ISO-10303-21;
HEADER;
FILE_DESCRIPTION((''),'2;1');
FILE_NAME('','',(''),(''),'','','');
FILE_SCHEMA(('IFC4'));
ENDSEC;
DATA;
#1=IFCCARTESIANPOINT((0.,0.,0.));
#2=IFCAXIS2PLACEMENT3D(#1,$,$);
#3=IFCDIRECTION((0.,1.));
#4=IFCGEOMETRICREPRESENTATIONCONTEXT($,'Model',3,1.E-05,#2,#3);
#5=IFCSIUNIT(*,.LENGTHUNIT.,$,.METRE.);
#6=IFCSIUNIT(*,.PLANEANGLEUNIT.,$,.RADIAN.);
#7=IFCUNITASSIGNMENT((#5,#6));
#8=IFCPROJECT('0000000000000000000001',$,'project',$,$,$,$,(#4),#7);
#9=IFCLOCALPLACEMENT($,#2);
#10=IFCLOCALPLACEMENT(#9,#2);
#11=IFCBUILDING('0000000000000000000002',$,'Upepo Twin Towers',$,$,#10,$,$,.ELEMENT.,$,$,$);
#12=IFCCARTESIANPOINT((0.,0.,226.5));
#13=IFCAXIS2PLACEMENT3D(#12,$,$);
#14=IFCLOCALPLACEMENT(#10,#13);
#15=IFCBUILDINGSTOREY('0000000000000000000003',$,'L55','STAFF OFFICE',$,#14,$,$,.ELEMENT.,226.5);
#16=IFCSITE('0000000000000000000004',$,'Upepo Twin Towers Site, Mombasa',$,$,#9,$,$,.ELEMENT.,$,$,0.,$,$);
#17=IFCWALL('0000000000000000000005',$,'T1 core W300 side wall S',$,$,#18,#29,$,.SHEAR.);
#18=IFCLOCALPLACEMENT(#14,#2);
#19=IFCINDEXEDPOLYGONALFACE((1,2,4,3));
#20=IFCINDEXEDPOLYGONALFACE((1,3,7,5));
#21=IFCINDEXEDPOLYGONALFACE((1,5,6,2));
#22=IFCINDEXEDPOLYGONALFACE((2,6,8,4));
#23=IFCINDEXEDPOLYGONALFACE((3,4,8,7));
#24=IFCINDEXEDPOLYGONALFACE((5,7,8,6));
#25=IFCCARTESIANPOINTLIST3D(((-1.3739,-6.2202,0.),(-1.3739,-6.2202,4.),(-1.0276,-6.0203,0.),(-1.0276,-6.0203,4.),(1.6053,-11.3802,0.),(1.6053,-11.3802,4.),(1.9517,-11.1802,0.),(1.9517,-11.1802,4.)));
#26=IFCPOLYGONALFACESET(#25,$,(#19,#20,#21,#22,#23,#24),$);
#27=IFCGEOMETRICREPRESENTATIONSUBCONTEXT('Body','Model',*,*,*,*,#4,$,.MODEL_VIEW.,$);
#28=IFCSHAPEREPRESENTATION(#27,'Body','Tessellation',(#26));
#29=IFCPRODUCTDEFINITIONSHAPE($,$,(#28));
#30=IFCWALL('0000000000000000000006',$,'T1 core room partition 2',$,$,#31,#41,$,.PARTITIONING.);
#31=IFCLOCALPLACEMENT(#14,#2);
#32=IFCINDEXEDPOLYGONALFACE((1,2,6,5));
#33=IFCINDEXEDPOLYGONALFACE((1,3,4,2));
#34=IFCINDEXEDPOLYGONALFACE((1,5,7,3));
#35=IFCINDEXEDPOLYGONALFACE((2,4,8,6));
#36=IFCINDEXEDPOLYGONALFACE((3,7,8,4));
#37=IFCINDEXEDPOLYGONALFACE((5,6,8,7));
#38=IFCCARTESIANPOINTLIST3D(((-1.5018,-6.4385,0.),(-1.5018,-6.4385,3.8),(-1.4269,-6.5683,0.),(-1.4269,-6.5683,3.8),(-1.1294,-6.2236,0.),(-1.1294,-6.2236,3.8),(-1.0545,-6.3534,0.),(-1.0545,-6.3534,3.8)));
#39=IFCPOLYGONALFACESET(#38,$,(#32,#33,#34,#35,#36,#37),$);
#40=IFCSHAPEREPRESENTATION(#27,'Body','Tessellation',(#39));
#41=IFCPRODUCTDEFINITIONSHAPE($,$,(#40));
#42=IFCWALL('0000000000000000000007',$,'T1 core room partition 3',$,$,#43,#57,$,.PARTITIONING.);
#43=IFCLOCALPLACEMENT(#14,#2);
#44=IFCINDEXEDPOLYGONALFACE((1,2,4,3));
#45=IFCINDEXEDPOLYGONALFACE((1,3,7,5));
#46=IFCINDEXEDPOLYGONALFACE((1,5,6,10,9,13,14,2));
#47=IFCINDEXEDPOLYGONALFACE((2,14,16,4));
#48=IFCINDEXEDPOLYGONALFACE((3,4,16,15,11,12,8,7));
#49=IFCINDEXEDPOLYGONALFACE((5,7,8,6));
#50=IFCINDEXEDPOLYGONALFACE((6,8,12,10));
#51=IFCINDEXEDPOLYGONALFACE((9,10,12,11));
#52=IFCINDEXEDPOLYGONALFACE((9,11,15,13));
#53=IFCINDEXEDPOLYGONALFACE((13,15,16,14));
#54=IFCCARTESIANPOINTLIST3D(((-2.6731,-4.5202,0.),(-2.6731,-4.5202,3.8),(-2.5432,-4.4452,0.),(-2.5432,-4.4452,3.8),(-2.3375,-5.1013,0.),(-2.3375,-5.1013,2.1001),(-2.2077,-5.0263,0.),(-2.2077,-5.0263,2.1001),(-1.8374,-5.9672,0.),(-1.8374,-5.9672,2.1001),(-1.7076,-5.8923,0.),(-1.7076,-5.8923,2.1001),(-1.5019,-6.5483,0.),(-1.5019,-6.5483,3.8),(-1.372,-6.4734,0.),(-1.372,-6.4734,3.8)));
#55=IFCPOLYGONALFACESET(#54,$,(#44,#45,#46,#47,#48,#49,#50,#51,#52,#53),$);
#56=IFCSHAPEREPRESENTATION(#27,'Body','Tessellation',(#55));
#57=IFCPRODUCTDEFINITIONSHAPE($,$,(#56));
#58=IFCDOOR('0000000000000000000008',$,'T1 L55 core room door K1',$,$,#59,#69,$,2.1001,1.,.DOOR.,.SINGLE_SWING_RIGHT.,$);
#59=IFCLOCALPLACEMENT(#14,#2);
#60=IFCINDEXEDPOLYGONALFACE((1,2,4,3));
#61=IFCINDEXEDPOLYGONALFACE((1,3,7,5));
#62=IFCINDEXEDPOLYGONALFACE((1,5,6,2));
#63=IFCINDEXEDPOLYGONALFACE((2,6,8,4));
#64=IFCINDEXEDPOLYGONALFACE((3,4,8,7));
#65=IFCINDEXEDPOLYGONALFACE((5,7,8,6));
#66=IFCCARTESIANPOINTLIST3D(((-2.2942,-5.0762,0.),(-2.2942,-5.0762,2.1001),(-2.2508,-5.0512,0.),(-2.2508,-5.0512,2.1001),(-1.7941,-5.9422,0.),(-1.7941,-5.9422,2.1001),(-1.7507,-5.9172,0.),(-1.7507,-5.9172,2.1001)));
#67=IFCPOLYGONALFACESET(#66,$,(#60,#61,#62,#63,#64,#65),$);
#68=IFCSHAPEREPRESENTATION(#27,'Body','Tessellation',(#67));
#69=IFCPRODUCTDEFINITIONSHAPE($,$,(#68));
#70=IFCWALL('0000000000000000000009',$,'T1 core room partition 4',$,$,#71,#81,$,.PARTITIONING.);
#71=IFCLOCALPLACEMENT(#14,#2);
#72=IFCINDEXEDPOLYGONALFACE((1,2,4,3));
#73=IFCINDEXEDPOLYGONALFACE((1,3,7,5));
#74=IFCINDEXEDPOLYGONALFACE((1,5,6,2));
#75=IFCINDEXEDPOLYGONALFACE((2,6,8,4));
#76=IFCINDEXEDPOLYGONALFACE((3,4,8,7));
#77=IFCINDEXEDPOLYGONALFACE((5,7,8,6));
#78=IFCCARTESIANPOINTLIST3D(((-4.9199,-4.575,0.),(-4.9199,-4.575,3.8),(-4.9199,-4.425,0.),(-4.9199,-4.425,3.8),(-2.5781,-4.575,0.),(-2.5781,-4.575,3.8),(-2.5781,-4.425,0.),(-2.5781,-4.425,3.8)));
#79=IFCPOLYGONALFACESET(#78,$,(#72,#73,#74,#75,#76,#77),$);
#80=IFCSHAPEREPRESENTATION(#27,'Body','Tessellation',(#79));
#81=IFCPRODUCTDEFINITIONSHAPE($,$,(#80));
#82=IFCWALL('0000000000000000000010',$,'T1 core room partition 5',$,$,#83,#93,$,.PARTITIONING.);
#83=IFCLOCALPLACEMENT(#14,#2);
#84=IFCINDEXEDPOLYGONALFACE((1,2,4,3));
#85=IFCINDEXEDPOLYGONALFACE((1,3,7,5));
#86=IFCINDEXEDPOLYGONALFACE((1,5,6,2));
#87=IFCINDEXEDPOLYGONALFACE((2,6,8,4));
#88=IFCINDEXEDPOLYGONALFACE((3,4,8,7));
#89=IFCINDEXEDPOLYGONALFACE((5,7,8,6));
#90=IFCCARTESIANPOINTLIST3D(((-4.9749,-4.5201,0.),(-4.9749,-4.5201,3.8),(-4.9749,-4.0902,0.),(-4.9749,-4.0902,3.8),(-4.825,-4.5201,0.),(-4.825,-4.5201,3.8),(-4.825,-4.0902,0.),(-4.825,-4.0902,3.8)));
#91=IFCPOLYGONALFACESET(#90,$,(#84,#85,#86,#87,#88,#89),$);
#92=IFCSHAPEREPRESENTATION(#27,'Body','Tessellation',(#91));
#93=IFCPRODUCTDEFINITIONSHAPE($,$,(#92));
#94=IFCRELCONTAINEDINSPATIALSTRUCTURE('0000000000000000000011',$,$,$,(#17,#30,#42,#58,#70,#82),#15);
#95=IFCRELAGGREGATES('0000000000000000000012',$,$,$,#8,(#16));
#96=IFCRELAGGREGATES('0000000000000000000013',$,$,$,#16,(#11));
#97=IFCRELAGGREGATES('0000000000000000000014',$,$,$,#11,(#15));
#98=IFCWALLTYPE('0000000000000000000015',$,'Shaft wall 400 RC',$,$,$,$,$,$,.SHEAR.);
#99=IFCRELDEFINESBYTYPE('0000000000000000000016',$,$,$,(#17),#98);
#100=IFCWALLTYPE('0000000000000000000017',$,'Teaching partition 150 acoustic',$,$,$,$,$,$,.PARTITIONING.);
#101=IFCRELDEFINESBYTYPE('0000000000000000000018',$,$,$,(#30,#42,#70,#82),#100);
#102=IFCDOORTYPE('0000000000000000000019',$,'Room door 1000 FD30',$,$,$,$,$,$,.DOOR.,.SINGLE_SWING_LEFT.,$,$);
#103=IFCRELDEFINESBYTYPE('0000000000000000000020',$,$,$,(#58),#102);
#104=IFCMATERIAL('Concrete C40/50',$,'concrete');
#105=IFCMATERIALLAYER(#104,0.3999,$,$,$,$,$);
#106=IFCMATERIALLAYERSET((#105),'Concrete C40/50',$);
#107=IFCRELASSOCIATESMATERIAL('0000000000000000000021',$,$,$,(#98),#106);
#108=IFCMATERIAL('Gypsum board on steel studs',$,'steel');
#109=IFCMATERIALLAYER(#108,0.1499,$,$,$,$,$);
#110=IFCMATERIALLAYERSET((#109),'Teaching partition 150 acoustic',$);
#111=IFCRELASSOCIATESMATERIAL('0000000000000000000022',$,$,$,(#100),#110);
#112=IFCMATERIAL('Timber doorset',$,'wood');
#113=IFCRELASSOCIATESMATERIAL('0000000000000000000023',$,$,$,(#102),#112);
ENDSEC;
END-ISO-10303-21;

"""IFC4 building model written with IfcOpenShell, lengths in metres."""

from ifc_helpers import new_model, si_unit, direction, frame, frame_2d, origin, place, context, subcontext, project, spatial, rectangle, extrude, material, layer, layer_set, type_object, element, fill, save


model = new_model("IFC4")

# Units and contexts
model_context = context("Model", 3, precision=1e-05, world=origin(), true_north=direction((0.0, 1.0)))
body_context = subcontext(model_context, "Body", "Model", "MODEL_VIEW")
ifc_project = project(units=[si_unit("LENGTHUNIT", "METRE"), si_unit("PLANEANGLEUNIT", "RADIAN")], contexts=[model_context])

# Site, building, storey
site_placement = place(None, origin())
site = spatial("IfcSite", under=ifc_project, at=site_placement, Name="Upepo Twin Towers Site, Mombasa", CompositionType="ELEMENT", RefElevation=0.0)
building_placement = place(site_placement, origin())
building = spatial("IfcBuilding", under=site, at=building_placement, Name="Upepo Twin Towers", CompositionType="ELEMENT")
storey_placement = place(building_placement, frame((0.0, 0.0, 226.5)))
storey = spatial("IfcBuildingStorey", under=building, at=storey_placement, Name="L55", Description="STAFF OFFICE", CompositionType="ELEMENT", Elevation=226.5)

# Walls
ifc_material_1 = material(Name="Concrete C40/50", Category="concrete")
ifc_layer_1 = layer(ifc_material_1, 0.3999)
ifc_layer_set_1 = layer_set([ifc_layer_1], Name="Concrete C40/50")
wall_type_1 = type_object("IfcWallType", Name="Shaft wall 400 RC", PredefinedType="SHEAR", material=ifc_layer_set_1)
wall_1_placement = place(storey_placement, frame((-1.2007, -6.1204, 0.0), z_axis=(0.0, 0.0, 1.0), x_axis=(0.500022, -0.866013, 0.0)))
element("IfcWall", 1, at=wall_1_placement, inside=storey, type_object=wall_type_1, Name="T1 core W300 side wall S", PredefinedType="SHEAR", context=body_context, shape_type="SweptSolid", body=[
    extrude(rectangle(XDim=5.9583, YDim=0.3999, at=frame_2d((2.979, 0.0))), origin(), (0.0, 0.0, 1.0), 4.0),
])
ifc_material_2 = material(Name="Gypsum board on steel studs", Category="steel")
ifc_layer_2 = layer(ifc_material_2, 0.1499)
ifc_layer_set_2 = layer_set([ifc_layer_2], Name="Teaching partition 150 acoustic")
wall_type_2 = type_object("IfcWallType", Name="Teaching partition 150 acoustic", PredefinedType="PARTITIONING", material=ifc_layer_set_2)
wall_2_placement = place(storey_placement, frame((-1.092, -6.2886, 0.0), z_axis=(0.0, 0.0, 1.0), x_axis=(-0.866138, -0.499804, 0.0)))
element("IfcWall", 2, at=wall_2_placement, inside=storey, type_object=wall_type_2, Name="T1 core room partition 2", PredefinedType="PARTITIONING", context=body_context, shape_type="SweptSolid", body=[
    extrude(rectangle(XDim=0.4299, YDim=0.1499, at=frame_2d((0.2148, 0.0))), origin(), (0.0, 0.0, 1.0), 3.8),
])

# Wall, opening, door
wall_3_placement = place(storey_placement, frame((-1.437, -6.5107, 0.0), z_axis=(0.0, 0.0, 1.0), x_axis=(-0.500074, 0.865982, 0.0)))
wall_3 = element("IfcWall", 3, at=wall_3_placement, inside=storey, type_object=wall_type_2, Name="T1 core room partition 3", PredefinedType="PARTITIONING", context=body_context, shape_type="SweptSolid", body=[
    extrude(rectangle(XDim=2.342, YDim=0.1499, at=frame_2d((1.1709, 0.0))), origin(), (0.0, 0.0, 1.0), 3.8),
])
opening_1_placement = place(wall_3_placement, frame((0.6709, 0.0, 0.0)))
opening_1 = element("IfcOpeningElement", 4, at=opening_1_placement, cuts=wall_3, PredefinedType="OPENING", context=body_context, shape_type="SweptSolid", body=[
    extrude(rectangle(XDim=1.0, YDim=2.1001, at=frame_2d((0.5, 1.05))), frame((0.0, 0.085, 0.0), z_axis=(0.0, -1.0, 0.0), x_axis=(1.0, 0.0, 0.0)), (0.0, 0.0, 1.0), 0.1699),
])
ifc_material_3 = material(Name="Timber doorset", Category="wood")
door_type_1 = type_object("IfcDoorType", Name="Room door 1000 FD30", OperationType="SINGLE_SWING_LEFT", PredefinedType="DOOR", material=ifc_material_3)
door_1_placement = place(opening_1_placement, origin())
door_1 = element("IfcDoor", 5, at=door_1_placement, inside=storey, type_object=door_type_1, Name="T1 L55 core room door K1", OperationType="SINGLE_SWING_RIGHT", OverallHeight=2.1001, OverallWidth=1.0, PredefinedType="DOOR", context=body_context, shape_type="SweptSolid", body=[
    extrude(rectangle(XDim=1.0, YDim=2.1001, at=frame_2d((0.5, 1.05))), frame((0.0, 0.0249, 0.0), z_axis=(0.0, -1.0, 0.0), x_axis=(1.0, 0.0, 0.0)), (0.0, 0.0, 1.0), 0.05),
])
fill(opening_1, door_1)

# Walls
wall_4_placement = place(storey_placement, frame((-2.5781, -4.5, 0.0), z_axis=(0.0, 0.0, 1.0), x_axis=(-1.0, 0.0, 0.0)))
element("IfcWall", 6, at=wall_4_placement, inside=storey, type_object=wall_type_2, Name="T1 core room partition 4", PredefinedType="PARTITIONING", context=body_context, shape_type="SweptSolid", body=[
    extrude(rectangle(XDim=2.3418, YDim=0.1499, at=frame_2d((1.1709, 0.0))), origin(), (0.0, 0.0, 1.0), 3.8),
])
wall_5_placement = place(storey_placement, frame((-4.8999, -4.52, 0.0), z_axis=(0.0, 0.0, 1.0), x_axis=(0.0, 1.0, 0.0)))
element("IfcWall", 7, at=wall_5_placement, inside=storey, type_object=wall_type_2, Name="T1 core room partition 5", PredefinedType="PARTITIONING", context=body_context, shape_type="SweptSolid", body=[
    extrude(rectangle(XDim=0.4299, YDim=0.1499, at=frame_2d((0.2148, 0.0))), origin(), (0.0, 0.0, 1.0), 3.8),
])

save(model, "model.ifc")
